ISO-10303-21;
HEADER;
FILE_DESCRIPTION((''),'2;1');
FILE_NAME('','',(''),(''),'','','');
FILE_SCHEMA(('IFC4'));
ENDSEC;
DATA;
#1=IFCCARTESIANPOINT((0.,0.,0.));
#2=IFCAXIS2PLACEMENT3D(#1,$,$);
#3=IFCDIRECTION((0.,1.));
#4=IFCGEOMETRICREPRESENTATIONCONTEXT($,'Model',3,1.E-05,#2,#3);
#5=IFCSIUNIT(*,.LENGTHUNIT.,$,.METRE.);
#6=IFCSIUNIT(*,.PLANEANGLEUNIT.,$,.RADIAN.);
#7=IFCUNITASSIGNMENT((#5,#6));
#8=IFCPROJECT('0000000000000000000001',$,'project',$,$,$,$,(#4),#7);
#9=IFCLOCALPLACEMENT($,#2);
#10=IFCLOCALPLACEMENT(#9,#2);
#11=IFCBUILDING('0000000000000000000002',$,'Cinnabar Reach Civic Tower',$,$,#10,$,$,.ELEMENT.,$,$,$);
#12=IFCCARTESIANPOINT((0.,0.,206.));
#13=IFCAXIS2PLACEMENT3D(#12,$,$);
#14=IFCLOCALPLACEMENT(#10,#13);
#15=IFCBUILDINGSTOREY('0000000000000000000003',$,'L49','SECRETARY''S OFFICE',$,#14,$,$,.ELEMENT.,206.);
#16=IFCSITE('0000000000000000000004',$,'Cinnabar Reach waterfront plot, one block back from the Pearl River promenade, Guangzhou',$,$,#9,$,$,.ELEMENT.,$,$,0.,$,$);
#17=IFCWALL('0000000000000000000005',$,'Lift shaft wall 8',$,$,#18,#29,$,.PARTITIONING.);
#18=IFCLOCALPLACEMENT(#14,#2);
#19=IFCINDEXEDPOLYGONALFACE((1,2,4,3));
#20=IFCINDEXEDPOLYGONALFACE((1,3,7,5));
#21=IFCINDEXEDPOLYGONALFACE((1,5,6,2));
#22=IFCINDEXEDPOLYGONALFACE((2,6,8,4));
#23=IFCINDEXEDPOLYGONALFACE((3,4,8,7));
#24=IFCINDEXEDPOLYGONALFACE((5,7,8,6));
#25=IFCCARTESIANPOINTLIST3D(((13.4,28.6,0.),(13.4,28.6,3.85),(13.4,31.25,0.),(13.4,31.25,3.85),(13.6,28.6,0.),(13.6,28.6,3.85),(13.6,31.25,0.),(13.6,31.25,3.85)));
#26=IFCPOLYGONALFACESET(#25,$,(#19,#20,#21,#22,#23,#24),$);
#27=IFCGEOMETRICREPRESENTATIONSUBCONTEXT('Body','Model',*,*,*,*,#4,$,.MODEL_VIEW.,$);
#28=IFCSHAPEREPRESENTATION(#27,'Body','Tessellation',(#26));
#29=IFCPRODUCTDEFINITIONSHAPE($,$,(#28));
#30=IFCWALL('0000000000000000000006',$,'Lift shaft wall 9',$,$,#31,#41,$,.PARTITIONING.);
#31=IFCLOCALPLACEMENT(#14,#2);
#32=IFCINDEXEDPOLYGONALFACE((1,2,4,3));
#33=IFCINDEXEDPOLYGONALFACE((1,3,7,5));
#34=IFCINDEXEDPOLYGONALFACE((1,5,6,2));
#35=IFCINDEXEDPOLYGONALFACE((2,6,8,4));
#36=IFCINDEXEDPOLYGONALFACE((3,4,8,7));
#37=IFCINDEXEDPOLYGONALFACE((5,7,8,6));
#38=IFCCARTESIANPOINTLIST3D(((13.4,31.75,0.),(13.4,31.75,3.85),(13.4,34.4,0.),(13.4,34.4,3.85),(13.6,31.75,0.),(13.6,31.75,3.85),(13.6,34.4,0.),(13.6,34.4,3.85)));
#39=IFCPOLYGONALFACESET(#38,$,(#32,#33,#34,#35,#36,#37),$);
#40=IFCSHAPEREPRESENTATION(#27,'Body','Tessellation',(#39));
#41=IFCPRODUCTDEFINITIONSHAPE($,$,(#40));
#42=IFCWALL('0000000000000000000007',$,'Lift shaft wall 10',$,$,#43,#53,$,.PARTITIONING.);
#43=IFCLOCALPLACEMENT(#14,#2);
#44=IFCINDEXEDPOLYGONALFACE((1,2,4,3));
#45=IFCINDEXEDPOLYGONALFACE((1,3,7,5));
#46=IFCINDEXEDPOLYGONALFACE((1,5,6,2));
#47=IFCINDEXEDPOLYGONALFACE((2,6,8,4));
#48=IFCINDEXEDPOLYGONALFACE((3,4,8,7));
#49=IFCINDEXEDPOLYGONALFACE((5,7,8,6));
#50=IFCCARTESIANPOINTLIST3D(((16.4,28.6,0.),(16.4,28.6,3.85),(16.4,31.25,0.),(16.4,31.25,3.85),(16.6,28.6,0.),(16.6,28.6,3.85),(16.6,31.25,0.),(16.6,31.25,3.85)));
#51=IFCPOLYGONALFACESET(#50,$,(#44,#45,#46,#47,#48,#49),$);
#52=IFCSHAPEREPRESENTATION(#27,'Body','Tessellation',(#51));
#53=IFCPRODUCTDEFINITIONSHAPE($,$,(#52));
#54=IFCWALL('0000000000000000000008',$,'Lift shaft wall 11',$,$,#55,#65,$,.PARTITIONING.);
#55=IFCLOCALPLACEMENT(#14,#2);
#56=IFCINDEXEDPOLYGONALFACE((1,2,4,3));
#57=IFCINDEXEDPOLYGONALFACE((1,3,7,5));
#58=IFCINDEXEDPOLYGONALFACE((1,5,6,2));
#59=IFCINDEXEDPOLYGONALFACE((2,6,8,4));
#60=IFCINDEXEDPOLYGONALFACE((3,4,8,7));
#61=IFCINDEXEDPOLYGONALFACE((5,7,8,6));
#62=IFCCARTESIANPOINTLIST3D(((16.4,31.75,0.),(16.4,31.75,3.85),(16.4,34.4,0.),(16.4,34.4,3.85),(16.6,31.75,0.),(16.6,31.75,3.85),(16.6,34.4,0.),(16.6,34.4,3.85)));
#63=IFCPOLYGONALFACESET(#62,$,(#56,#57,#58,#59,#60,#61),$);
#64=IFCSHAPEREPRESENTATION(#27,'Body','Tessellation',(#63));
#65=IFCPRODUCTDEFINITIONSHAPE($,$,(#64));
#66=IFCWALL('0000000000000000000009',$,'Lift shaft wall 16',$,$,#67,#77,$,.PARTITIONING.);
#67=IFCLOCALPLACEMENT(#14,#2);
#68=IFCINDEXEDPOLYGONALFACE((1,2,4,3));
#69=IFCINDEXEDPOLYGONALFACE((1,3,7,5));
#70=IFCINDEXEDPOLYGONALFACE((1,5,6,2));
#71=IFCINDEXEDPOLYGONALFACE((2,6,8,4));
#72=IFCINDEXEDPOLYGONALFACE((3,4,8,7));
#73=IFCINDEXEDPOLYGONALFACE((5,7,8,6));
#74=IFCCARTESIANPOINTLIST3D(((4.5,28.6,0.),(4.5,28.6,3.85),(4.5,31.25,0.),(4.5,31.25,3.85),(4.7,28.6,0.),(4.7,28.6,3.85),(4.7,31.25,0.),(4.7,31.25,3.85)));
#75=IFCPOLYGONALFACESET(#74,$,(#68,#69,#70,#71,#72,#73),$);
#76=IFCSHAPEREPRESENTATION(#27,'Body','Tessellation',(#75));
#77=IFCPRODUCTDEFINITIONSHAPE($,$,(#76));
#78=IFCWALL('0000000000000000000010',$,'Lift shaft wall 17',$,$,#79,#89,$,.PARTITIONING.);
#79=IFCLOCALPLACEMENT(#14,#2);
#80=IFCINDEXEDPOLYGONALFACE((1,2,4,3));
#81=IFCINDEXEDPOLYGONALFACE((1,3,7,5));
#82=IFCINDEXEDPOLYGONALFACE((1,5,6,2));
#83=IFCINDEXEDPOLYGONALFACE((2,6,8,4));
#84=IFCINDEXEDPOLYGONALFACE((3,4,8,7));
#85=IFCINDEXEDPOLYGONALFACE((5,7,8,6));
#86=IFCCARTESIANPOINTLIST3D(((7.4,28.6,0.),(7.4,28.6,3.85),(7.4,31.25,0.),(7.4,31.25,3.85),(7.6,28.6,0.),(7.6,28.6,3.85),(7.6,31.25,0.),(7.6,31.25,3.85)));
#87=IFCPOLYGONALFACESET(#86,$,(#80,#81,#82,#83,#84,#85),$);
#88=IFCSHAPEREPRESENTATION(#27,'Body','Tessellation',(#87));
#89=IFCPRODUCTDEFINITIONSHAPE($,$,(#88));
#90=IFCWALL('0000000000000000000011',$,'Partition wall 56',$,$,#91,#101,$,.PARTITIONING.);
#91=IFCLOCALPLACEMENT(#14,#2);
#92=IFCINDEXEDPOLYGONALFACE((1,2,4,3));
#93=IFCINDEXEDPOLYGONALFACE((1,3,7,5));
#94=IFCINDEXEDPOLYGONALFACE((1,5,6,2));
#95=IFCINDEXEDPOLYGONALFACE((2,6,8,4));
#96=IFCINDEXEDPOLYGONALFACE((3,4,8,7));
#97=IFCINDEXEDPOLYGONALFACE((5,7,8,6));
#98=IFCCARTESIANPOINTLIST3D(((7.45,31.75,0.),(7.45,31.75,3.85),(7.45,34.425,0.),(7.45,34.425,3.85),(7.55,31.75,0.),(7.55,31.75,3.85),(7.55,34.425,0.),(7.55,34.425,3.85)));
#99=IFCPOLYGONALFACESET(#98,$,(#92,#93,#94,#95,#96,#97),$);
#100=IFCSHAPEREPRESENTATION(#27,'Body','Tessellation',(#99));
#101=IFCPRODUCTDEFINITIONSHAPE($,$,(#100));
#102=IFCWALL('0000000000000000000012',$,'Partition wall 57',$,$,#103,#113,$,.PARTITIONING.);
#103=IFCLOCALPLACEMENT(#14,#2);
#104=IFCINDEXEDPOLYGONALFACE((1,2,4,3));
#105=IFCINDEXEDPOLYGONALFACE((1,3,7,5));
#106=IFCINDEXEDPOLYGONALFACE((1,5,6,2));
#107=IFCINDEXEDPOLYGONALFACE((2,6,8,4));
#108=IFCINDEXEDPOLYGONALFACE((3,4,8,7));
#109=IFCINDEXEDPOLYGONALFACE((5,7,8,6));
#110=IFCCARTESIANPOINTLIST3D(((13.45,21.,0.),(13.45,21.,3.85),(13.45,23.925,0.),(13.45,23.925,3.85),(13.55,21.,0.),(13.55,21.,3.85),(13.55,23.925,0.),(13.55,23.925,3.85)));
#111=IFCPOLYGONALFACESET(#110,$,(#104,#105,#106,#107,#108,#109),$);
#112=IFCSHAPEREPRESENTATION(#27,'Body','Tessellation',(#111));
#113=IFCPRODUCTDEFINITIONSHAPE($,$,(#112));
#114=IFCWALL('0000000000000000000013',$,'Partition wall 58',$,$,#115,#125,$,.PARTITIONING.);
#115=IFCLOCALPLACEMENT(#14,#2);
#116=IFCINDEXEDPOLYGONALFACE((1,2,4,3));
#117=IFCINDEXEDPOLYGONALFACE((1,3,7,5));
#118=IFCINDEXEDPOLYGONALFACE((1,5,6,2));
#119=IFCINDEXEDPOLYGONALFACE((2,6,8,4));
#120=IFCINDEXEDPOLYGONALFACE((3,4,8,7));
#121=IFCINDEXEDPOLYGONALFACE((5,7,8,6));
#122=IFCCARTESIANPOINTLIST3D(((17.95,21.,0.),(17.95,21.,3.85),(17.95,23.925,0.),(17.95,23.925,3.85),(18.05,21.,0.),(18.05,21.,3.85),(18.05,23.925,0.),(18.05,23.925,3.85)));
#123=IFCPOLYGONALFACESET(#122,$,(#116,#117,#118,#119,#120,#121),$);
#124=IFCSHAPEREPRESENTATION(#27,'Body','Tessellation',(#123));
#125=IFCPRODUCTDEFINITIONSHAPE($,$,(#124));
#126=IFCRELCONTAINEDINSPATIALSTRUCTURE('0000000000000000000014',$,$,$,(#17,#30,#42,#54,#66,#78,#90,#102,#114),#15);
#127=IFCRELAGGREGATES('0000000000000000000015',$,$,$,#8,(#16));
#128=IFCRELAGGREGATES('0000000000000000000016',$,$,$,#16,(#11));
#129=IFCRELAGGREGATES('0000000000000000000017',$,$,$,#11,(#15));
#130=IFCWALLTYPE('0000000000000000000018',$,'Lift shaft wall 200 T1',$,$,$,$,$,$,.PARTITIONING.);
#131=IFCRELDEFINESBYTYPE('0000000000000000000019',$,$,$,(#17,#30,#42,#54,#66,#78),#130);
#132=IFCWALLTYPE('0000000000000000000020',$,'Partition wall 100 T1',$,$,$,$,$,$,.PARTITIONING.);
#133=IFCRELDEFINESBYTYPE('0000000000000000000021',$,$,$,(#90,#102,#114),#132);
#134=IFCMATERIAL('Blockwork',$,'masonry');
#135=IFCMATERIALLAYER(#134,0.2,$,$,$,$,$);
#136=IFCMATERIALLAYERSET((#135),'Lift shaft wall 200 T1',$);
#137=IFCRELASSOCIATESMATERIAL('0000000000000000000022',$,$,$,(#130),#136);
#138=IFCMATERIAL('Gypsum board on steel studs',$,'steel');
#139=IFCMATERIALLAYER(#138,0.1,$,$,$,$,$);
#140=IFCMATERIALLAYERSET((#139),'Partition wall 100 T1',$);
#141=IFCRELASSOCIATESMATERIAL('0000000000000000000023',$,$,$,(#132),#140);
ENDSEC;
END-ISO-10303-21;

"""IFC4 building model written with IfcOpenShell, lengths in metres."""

from ifc_helpers import new_model, si_unit, direction, frame, frame_2d, origin, place, context, subcontext, project, spatial, rectangle, extrude, material, layer, layer_set, type_object, element, save


model = new_model("IFC4")

# Units and contexts
model_context = context("Model", 3, precision=1e-05, world=origin(), true_north=direction((0.0, 1.0)))
body_context = subcontext(model_context, "Body", "Model", "MODEL_VIEW")
ifc_project = project(units=[si_unit("LENGTHUNIT", "METRE"), si_unit("PLANEANGLEUNIT", "RADIAN")], contexts=[model_context])

# Site, building, storey
site_placement = place(None, origin())
site = spatial("IfcSite", under=ifc_project, at=site_placement, Name="Cinnabar Reach waterfront plot, one block back from the Pearl River promenade, Guangzhou", CompositionType="ELEMENT", RefElevation=0.0)
building_placement = place(site_placement, origin())
building = spatial("IfcBuilding", under=site, at=building_placement, Name="Cinnabar Reach Civic Tower", CompositionType="ELEMENT")
storey_placement = place(building_placement, frame((0.0, 0.0, 206.0)))
storey = spatial("IfcBuildingStorey", under=building, at=storey_placement, Name="L49", Description="SECRETARY'S OFFICE", CompositionType="ELEMENT", Elevation=206.0)

# Walls
ifc_material_1 = material(Name="Blockwork", Category="masonry")
ifc_layer_1 = layer(ifc_material_1, 0.2)
ifc_layer_set_1 = layer_set([ifc_layer_1], Name="Lift shaft wall 200 T1")
wall_type_1 = type_object("IfcWallType", Name="Lift shaft wall 200 T1", PredefinedType="PARTITIONING", material=ifc_layer_set_1)
for number, where, z_axis, x_axis, name in (
    (1, (13.5, 28.6, 0.0), (0.0, 0.0, 1.0), (0.0, 1.0, 0.0), "Lift shaft wall 8"),
    (2, (13.5, 31.75, 0.0), (0.0, 0.0, 1.0), (0.0, 1.0, 0.0), "Lift shaft wall 9"),
    (3, (16.5, 28.6, 0.0), (0.0, 0.0, 1.0), (0.0, 1.0, 0.0), "Lift shaft wall 10"),
    (4, (16.5, 31.75, 0.0), (0.0, 0.0, 1.0), (0.0, 1.0, 0.0), "Lift shaft wall 11"),
    (5, (4.6, 28.6, 0.0), (0.0, 0.0, 1.0), (0.0, 1.0, 0.0), "Lift shaft wall 16"),
    (6, (7.5, 28.6, 0.0), (0.0, 0.0, 1.0), (0.0, 1.0, 0.0), "Lift shaft wall 17"),
):
    element("IfcWall", number, at=place(storey_placement, frame(where, z_axis=z_axis, x_axis=x_axis)), inside=storey, type_object=wall_type_1, Name=name, PredefinedType="PARTITIONING", context=body_context, shape_type="SweptSolid", body=[
        extrude(rectangle(XDim=2.65, YDim=0.2, at=frame_2d((1.325, 0.0))), origin(), (0.0, 0.0, 1.0), 3.85),
    ])
ifc_material_2 = material(Name="Gypsum board on steel studs", Category="steel")
ifc_layer_2 = layer(ifc_material_2, 0.1)
ifc_layer_set_2 = layer_set([ifc_layer_2], Name="Partition wall 100 T1")
wall_type_2 = type_object("IfcWallType", Name="Partition wall 100 T1", PredefinedType="PARTITIONING", material=ifc_layer_set_2)
wall_1_placement = place(storey_placement, frame((7.5, 31.75, 0.0), z_axis=(0.0, 0.0, 1.0), x_axis=(0.0, 1.0, 0.0)))
element("IfcWall", 7, at=wall_1_placement, inside=storey, type_object=wall_type_2, Name="Partition wall 56", PredefinedType="PARTITIONING", context=body_context, shape_type="SweptSolid", body=[
    extrude(rectangle(XDim=2.675, YDim=0.1, at=frame_2d((1.3375, 0.0))), origin(), (0.0, 0.0, 1.0), 3.85),
])
for number, where, z_axis, x_axis, name in (
    (8, (13.5, 21.0, 0.0), (0.0, 0.0, 1.0), (0.0, 1.0, 0.0), "Partition wall 57"),
    (9, (18.0, 21.0, 0.0), (0.0, 0.0, 1.0), (0.0, 1.0, 0.0), "Partition wall 58"),
):
    element("IfcWall", number, at=place(storey_placement, frame(where, z_axis=z_axis, x_axis=x_axis)), inside=storey, type_object=wall_type_2, Name=name, PredefinedType="PARTITIONING", context=body_context, shape_type="SweptSolid", body=[
        extrude(rectangle(XDim=2.925, YDim=0.1, at=frame_2d((1.4625, 0.0))), origin(), (0.0, 0.0, 1.0), 3.85),
    ])

save(model, "model.ifc")
